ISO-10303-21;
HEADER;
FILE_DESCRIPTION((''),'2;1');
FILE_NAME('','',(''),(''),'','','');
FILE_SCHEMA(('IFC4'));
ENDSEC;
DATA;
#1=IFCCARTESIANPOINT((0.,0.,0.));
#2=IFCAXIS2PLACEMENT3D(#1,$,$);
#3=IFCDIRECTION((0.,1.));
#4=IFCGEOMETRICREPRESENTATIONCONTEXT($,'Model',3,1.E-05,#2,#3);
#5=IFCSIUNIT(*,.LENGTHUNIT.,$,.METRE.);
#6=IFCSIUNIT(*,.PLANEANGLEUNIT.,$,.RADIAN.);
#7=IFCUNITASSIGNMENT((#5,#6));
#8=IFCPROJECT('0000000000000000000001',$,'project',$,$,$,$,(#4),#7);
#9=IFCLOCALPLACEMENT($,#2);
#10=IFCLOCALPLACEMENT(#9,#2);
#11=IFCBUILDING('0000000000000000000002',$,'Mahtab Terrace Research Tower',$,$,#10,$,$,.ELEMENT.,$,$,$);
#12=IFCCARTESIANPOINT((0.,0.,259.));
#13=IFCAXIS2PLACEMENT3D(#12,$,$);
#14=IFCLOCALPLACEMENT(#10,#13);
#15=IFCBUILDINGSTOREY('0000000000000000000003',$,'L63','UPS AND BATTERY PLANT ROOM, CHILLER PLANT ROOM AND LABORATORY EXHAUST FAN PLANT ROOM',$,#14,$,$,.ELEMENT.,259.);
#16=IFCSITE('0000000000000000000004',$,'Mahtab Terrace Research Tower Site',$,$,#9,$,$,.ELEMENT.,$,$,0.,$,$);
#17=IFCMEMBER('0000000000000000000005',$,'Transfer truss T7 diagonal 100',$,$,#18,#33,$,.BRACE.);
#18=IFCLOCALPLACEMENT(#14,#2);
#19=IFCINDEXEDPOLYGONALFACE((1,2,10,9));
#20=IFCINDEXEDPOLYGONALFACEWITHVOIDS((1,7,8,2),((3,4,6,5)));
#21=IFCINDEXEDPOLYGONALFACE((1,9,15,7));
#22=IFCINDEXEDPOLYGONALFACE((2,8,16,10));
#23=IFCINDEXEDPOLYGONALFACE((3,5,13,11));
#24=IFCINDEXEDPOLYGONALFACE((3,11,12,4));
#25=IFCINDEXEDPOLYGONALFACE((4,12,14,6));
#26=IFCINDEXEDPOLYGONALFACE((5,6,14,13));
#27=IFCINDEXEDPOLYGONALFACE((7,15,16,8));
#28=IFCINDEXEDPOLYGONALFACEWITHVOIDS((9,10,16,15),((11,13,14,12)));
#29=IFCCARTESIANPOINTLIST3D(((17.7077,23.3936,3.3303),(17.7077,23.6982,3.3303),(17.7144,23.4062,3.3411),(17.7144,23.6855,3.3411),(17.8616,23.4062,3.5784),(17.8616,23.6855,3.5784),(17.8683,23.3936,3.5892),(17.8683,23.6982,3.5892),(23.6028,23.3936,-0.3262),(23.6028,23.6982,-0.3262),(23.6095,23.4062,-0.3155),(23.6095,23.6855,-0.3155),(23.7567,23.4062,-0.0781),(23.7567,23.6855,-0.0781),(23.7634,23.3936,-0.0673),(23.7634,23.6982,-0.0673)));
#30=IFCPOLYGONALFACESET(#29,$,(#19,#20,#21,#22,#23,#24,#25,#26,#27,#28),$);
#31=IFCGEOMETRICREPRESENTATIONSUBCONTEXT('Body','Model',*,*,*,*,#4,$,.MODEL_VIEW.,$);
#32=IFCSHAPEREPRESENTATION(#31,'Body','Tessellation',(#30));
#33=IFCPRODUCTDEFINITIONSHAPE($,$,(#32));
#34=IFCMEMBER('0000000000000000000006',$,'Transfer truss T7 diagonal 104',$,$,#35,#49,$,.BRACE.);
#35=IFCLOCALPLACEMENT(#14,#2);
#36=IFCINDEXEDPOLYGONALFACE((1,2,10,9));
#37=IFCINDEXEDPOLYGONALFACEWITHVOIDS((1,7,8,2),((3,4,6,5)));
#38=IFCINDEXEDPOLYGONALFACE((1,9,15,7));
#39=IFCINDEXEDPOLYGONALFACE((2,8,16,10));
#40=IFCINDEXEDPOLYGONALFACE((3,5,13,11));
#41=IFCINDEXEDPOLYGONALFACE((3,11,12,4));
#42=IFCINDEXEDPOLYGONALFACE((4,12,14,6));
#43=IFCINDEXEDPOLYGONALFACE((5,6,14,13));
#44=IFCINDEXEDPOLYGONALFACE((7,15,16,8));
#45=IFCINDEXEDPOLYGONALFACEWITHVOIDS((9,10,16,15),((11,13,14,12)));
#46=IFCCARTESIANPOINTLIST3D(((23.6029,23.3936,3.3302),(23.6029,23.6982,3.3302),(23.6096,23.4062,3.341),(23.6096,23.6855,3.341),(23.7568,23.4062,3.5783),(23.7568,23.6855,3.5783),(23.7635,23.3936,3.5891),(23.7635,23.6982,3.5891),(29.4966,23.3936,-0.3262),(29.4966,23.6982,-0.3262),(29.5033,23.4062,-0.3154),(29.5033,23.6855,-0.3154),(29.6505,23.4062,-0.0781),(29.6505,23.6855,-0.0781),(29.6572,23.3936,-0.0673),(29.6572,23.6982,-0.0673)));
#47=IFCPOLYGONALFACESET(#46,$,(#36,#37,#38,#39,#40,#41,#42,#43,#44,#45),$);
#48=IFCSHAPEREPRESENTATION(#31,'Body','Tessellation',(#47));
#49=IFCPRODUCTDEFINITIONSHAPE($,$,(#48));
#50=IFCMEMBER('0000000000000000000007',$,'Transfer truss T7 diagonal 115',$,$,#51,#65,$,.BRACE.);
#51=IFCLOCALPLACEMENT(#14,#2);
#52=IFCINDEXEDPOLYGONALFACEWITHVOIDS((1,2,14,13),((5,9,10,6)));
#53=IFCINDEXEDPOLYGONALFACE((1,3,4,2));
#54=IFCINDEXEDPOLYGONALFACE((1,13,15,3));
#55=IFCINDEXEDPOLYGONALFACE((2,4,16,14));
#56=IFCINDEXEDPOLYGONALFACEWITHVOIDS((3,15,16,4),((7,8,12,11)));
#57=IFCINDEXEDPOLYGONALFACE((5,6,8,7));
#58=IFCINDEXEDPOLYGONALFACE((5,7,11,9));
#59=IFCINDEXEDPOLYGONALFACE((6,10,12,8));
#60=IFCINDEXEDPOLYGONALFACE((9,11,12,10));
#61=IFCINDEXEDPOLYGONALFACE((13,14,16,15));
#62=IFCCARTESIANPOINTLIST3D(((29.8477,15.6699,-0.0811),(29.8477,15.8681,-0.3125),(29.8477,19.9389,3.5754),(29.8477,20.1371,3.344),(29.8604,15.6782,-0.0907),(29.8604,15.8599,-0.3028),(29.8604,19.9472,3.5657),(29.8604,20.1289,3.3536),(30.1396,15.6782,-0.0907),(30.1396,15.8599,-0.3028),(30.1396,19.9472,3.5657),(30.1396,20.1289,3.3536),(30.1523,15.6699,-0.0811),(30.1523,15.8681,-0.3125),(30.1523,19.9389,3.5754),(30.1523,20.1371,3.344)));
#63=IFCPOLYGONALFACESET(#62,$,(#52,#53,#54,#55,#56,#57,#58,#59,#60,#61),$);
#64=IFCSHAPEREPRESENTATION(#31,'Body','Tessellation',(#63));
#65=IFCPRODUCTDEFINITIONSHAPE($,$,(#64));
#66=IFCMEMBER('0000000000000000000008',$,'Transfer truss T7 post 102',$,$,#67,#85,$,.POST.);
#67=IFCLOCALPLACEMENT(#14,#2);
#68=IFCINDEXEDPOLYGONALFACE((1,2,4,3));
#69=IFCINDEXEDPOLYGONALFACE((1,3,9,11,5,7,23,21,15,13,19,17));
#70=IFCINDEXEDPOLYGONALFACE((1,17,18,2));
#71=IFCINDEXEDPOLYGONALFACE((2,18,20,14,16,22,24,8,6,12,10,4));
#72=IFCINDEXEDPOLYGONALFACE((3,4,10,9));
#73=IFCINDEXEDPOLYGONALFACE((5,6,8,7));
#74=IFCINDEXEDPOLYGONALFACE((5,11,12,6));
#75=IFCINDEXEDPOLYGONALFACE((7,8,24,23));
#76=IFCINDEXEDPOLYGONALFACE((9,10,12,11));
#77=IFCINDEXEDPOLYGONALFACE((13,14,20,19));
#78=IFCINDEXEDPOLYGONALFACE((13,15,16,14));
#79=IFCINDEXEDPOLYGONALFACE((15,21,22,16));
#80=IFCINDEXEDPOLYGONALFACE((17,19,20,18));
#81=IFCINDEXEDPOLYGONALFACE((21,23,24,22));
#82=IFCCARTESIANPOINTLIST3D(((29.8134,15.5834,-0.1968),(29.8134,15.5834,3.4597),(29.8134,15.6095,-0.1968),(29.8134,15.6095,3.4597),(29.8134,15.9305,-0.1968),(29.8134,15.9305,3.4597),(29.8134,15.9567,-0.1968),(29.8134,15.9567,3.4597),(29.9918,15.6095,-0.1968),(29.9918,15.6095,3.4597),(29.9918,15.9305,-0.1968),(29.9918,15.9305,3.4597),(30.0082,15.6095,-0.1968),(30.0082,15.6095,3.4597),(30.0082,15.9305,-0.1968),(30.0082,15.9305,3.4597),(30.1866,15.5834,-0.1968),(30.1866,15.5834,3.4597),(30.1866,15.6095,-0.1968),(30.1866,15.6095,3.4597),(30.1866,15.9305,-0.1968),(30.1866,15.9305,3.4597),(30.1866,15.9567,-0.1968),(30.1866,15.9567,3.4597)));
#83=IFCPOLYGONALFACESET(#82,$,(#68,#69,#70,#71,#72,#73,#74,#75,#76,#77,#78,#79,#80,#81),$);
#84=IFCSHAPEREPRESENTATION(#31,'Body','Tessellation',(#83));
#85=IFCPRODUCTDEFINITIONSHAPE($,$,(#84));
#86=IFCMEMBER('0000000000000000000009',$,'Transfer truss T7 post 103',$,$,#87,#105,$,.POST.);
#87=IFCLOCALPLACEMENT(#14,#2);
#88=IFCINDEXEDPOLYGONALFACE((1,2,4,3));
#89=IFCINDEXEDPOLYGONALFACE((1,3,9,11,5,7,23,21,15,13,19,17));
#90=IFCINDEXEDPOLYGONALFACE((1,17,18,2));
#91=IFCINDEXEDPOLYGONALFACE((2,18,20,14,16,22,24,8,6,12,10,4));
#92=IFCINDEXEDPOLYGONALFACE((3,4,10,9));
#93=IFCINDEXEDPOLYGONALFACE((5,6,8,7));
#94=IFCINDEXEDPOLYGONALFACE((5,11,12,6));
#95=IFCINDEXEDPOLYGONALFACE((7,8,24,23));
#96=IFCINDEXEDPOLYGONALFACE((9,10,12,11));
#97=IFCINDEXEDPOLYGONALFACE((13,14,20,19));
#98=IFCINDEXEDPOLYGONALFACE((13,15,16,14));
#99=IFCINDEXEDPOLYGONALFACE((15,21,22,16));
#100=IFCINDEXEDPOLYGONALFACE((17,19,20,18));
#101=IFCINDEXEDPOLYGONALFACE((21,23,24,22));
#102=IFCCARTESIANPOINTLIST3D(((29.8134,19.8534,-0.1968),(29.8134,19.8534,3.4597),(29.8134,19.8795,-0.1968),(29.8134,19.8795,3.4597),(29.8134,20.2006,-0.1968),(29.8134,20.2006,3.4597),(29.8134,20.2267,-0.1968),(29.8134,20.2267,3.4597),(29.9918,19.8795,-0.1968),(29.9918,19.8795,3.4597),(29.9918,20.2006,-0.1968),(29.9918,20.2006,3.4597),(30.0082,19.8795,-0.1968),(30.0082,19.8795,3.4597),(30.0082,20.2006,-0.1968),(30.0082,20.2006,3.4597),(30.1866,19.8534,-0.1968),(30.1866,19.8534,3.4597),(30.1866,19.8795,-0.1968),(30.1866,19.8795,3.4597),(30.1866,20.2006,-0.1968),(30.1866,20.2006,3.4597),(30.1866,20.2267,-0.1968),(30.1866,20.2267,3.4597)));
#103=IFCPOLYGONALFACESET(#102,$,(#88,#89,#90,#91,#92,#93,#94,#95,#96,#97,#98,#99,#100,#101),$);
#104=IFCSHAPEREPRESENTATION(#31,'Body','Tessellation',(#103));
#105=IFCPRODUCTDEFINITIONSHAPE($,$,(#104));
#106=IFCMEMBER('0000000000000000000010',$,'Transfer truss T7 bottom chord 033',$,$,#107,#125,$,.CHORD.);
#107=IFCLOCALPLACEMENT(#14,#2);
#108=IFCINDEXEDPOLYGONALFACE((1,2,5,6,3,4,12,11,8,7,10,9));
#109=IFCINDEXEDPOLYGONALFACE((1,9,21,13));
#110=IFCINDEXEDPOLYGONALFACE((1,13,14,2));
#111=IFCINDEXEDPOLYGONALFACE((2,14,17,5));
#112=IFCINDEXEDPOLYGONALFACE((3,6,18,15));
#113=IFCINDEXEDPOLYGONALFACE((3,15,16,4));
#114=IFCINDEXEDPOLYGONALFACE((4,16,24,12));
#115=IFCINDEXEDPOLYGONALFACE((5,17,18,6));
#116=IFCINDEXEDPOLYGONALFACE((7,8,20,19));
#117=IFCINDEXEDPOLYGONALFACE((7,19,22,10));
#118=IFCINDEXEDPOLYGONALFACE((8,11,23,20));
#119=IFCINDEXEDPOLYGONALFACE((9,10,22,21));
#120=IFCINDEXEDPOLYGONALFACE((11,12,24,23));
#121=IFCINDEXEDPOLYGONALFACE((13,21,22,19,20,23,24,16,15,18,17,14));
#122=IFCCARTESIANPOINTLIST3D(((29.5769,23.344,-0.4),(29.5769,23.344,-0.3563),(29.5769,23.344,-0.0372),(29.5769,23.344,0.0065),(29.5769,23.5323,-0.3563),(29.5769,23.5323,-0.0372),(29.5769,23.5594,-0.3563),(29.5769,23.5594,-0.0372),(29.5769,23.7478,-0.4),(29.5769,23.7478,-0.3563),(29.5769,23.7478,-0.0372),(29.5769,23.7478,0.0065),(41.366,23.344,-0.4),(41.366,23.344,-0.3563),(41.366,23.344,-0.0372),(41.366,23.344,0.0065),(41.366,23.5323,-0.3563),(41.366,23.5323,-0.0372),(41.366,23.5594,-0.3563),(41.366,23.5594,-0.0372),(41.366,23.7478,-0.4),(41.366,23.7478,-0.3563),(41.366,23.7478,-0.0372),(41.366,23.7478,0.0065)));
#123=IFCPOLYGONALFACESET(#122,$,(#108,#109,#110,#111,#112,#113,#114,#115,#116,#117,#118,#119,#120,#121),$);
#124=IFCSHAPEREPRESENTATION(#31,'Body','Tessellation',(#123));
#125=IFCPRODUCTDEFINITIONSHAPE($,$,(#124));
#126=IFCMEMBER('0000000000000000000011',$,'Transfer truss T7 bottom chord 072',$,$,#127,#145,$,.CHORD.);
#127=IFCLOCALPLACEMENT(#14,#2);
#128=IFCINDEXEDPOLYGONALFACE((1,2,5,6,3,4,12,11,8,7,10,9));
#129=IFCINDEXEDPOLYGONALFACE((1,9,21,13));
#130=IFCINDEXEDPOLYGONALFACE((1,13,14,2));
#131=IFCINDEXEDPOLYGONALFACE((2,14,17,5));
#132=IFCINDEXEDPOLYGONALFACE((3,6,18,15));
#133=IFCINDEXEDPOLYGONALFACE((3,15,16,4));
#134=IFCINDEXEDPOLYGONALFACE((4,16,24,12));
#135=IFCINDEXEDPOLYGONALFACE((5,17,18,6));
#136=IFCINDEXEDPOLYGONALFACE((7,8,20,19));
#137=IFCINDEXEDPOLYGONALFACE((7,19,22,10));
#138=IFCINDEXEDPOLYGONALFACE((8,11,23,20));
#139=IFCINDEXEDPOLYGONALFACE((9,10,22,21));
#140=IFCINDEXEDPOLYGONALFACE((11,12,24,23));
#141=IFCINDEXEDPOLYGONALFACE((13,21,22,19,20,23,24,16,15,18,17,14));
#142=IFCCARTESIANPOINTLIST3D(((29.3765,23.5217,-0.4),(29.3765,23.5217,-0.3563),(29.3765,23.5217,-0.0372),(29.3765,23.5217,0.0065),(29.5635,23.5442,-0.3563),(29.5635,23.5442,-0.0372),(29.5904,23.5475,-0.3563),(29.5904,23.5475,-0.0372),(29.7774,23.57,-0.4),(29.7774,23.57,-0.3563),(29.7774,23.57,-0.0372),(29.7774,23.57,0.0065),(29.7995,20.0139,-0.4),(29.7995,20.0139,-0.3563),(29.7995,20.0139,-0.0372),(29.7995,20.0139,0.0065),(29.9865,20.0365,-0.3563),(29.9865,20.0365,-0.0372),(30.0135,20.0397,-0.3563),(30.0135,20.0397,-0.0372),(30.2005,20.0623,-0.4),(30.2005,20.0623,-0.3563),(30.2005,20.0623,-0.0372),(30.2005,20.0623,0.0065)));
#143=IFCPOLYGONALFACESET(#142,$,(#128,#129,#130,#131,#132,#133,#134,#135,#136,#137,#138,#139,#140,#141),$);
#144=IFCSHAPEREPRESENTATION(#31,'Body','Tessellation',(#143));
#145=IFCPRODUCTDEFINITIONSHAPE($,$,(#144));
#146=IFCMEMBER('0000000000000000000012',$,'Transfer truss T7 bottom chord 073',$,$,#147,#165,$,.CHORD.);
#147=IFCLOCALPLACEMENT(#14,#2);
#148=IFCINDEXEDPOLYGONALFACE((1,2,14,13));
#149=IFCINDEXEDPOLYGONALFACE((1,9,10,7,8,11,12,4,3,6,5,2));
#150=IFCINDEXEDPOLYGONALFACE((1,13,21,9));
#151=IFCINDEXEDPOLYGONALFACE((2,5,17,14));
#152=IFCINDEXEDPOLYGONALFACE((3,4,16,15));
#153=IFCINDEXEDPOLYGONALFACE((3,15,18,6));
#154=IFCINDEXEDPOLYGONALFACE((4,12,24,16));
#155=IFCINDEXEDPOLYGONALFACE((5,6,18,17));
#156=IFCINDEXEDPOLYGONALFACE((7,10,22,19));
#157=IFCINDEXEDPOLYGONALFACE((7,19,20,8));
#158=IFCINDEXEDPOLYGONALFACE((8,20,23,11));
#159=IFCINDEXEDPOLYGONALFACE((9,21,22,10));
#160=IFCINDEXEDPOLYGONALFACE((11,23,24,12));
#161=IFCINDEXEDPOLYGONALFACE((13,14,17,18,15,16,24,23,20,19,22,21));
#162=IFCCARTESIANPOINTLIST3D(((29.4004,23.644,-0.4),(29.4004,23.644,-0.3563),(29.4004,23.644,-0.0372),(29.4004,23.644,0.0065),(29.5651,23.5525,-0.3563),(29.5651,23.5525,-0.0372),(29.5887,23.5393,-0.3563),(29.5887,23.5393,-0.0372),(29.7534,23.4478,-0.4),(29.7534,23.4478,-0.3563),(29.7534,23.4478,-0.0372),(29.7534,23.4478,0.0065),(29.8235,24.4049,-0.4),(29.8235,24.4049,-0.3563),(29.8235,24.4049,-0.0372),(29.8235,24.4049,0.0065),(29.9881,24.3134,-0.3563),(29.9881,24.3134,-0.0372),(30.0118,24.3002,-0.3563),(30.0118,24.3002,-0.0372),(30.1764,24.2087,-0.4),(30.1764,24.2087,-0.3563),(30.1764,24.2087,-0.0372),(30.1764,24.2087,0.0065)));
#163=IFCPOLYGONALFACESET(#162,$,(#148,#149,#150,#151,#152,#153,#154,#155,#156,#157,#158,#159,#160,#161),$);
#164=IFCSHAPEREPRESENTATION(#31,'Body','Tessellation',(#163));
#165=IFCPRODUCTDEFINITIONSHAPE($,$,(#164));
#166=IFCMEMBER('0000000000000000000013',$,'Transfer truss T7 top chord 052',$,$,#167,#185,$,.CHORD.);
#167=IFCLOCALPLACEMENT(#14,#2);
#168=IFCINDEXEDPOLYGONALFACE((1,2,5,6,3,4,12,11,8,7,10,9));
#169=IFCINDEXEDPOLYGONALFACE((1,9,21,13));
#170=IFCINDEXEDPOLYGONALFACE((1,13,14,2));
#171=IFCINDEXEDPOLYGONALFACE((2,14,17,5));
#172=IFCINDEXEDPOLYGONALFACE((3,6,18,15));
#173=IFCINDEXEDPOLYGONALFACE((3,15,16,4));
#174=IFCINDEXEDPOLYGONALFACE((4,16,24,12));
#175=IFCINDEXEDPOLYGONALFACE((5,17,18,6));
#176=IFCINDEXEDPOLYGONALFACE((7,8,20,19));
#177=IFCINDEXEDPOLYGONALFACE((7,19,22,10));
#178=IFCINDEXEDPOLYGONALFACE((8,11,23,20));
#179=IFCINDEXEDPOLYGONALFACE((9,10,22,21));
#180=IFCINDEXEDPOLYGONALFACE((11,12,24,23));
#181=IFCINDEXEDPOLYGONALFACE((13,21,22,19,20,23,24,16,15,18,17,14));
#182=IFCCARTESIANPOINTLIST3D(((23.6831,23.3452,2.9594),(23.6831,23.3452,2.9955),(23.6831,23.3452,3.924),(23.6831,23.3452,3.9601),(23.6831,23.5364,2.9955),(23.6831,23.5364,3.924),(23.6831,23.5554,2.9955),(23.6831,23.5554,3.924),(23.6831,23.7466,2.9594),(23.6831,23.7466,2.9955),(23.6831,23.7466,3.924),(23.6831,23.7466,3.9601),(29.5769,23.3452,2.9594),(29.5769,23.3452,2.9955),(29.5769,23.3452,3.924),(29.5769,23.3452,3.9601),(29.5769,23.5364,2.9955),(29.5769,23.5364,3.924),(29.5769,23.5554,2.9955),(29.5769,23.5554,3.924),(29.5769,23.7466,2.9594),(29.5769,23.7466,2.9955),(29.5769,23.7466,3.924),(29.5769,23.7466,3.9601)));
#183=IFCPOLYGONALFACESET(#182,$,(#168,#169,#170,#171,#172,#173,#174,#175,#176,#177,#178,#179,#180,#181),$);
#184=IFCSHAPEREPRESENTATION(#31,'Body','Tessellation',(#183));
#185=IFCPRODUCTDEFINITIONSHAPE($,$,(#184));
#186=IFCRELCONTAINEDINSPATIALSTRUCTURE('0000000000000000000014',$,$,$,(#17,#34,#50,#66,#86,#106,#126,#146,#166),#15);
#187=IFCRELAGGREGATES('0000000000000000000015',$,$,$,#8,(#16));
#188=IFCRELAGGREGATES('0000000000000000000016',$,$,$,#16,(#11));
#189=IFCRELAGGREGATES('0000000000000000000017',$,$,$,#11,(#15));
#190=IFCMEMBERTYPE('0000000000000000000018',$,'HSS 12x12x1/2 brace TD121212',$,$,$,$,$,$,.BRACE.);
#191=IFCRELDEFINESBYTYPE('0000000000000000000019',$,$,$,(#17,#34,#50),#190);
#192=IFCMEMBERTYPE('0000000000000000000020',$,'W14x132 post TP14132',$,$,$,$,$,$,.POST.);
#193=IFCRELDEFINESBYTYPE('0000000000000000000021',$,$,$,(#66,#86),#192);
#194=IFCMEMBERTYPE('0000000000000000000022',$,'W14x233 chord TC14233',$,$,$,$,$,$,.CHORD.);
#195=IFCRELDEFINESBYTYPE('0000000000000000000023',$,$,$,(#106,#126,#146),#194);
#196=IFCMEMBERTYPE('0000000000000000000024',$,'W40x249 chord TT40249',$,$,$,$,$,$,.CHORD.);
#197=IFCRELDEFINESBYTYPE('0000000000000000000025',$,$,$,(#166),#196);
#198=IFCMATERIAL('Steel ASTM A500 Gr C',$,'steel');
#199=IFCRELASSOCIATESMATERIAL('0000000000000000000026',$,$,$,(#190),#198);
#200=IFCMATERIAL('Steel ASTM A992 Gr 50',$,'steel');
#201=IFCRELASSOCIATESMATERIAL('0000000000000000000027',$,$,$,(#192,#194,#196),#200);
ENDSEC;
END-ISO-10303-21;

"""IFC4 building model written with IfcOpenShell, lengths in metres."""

from ifc_helpers import new_model, si_unit, direction, frame, origin, origin_2d, place, context, subcontext, project, spatial, hollow_rectangle, i_section, extrude, material, material_profile, profile_set, type_object, element, save


model = new_model("IFC4")

# Units and contexts
model_context = context("Model", 3, precision=1e-05, world=origin(), true_north=direction((0.0, 1.0)))
body_context = subcontext(model_context, "Body", "Model", "MODEL_VIEW")
ifc_project = project(units=[si_unit("LENGTHUNIT", "METRE"), si_unit("PLANEANGLEUNIT", "RADIAN")], contexts=[model_context])

# Site, building, storey
site_placement = place(None, origin())
site = spatial("IfcSite", under=ifc_project, at=site_placement, Name="Mahtab Terrace Research Tower Site", CompositionType="ELEMENT", RefElevation=0.0)
building_placement = place(site_placement, origin())
building = spatial("IfcBuilding", under=site, at=building_placement, Name="Mahtab Terrace Research Tower", CompositionType="ELEMENT")
storey_placement = place(building_placement, frame((0.0, 0.0, 259.0)))
storey = spatial("IfcBuildingStorey", under=building, at=storey_placement, Name="L63", Description="UPS AND BATTERY PLANT ROOM, CHILLER PLANT ROOM AND LABORATORY EXHAUST FAN PLANT ROOM", CompositionType="ELEMENT", Elevation=259.0)

# Members
ifc_material_1 = material(Name="Steel ASTM A500 Gr C", Category="steel")
ifc_material_profile_1 = material_profile(ifc_material_1, hollow_rectangle(XDim=0.3047, YDim=0.3047, WallThickness=0.0127, at=origin_2d()), Name="HSS12X12X1/2")
ifc_profile_set_1 = profile_set([ifc_material_profile_1], Name="Steel ASTM A500 Gr C")
member_type_1 = type_object("IfcMemberType", Name="HSS 12x12x1/2 brace TD121212", PredefinedType="BRACE", material=ifc_profile_set_1)
member_1_placement = place(storey_placement, frame((23.6831, 23.5459, -0.1968), z_axis=(-0.849801, 0.0, 0.527104), x_axis=(0.0, -1.0, 0.0)))
element("IfcMember", 1, at=member_1_placement, inside=storey, type_object=member_type_1, Name="Transfer truss T7 diagonal 100", PredefinedType="BRACE", context=body_context, shape_type="SweptSolid", body=[
    extrude(hollow_rectangle(XDim=0.3047, YDim=0.3047, WallThickness=0.0127, at=origin_2d()), origin(), (0.0, 0.0, 1.0), 6.937),
])
member_2_placement = place(storey_placement, frame((29.5769, 23.5459, -0.1968), z_axis=(-0.849752, 0.0, 0.527183), x_axis=(0.0, -1.0, 0.0)))
element("IfcMember", 2, at=member_2_placement, inside=storey, type_object=member_type_1, Name="Transfer truss T7 diagonal 104", PredefinedType="BRACE", context=body_context, shape_type="SweptSolid", body=[
    extrude(hollow_rectangle(XDim=0.3047, YDim=0.3047, WallThickness=0.0127, at=origin_2d()), origin(), (0.0, 0.0, 1.0), 6.9358),
])
member_3_placement = place(storey_placement, frame((30.0, 15.769, -0.1968), z_axis=(0.0, 0.759493, 0.650516), x_axis=(-1.0, 0.0, 0.0)))
element("IfcMember", 3, at=member_3_placement, inside=storey, type_object=member_type_1, Name="Transfer truss T7 diagonal 115", PredefinedType="BRACE", context=body_context, shape_type="SweptSolid", body=[
    extrude(hollow_rectangle(XDim=0.3047, YDim=0.3047, WallThickness=0.0127, at=origin_2d()), origin(), (0.0, 0.0, 1.0), 5.6208),
])
ifc_material_2 = material(Name="Steel ASTM A992 Gr 50", Category="steel")
ifc_material_profile_2 = material_profile(ifc_material_2, i_section(OverallWidth=0.3733, OverallDepth=0.3733, WebThickness=0.0164, FlangeThickness=0.0261, at=origin_2d()), Name="W14X132")
ifc_profile_set_2 = profile_set([ifc_material_profile_2], Name="Steel ASTM A992 Gr 50")
member_type_2 = type_object("IfcMemberType", Name="W14x132 post TP14132", PredefinedType="POST", material=ifc_profile_set_2)
for number, where, z_axis, x_axis, name in (
    (4, (30.0, 15.77, -0.1968), (0.0, 0.0, 1.0), (1.0, 0.0, 0.0), "Transfer truss T7 post 102"),
    (5, (30.0, 20.04, -0.1968), (0.0, 0.0, 1.0), (1.0, 0.0, 0.0), "Transfer truss T7 post 103"),
):
    element("IfcMember", number, at=place(storey_placement, frame(where, z_axis=z_axis, x_axis=x_axis)), inside=storey, type_object=member_type_2, Name=name, PredefinedType="POST", context=body_context, shape_type="SweptSolid", body=[
        extrude(i_section(OverallWidth=0.3733, OverallDepth=0.3733, WebThickness=0.0164, FlangeThickness=0.0261, at=origin_2d()), origin(), (0.0, 0.0, 1.0), 3.6565),
    ])
ifc_material_profile_3 = material_profile(ifc_material_2, i_section(OverallWidth=0.4038, OverallDepth=0.4065, WebThickness=0.0271, FlangeThickness=0.0437, at=origin_2d()), Name="W14X233")
ifc_profile_set_3 = profile_set([ifc_material_profile_3], Name="Steel ASTM A992 Gr 50")
member_type_3 = type_object("IfcMemberType", Name="W14x233 chord TC14233", PredefinedType="CHORD", material=ifc_profile_set_3)
member_4_placement = place(storey_placement, frame((29.5769, 23.5459, -0.1968), z_axis=(1.0, 0.0, 0.0), x_axis=(0.0, 1.0, 0.0)))
element("IfcMember", 6, at=member_4_placement, inside=storey, type_object=member_type_3, Name="Transfer truss T7 bottom chord 033", PredefinedType="CHORD", context=body_context, shape_type="SweptSolid", body=[
    extrude(i_section(OverallWidth=0.4038, OverallDepth=0.4065, WebThickness=0.0271, FlangeThickness=0.0437, at=origin_2d()), origin(), (0.0, 0.0, 1.0), 11.7891),
])
member_5_placement = place(storey_placement, frame((30.0, 20.0381, -0.1968), z_axis=(-0.119747, 0.992804, 0.0), x_axis=(-0.992804, -0.119747, 0.0)))
element("IfcMember", 7, at=member_5_placement, inside=storey, type_object=member_type_3, Name="Transfer truss T7 bottom chord 072", PredefinedType="CHORD", context=body_context, shape_type="SweptSolid", body=[
    extrude(i_section(OverallWidth=0.4038, OverallDepth=0.4065, WebThickness=0.0271, FlangeThickness=0.0437, at=origin_2d()), origin(), (0.0, 0.0, 1.0), 3.5332),
])
member_6_placement = place(storey_placement, frame((29.5769, 23.5459, -0.1968), z_axis=(0.485929, 0.873999, 0.0), x_axis=(-0.873999, 0.485929, 0.0)))
element("IfcMember", 8, at=member_6_placement, inside=storey, type_object=member_type_3, Name="Transfer truss T7 bottom chord 073", PredefinedType="CHORD", context=body_context, shape_type="SweptSolid", body=[
    extrude(i_section(OverallWidth=0.4038, OverallDepth=0.4065, WebThickness=0.0271, FlangeThickness=0.0437, at=origin_2d()), origin(), (0.0, 0.0, 1.0), 0.8706),
])
ifc_material_profile_4 = material_profile(ifc_material_2, i_section(OverallWidth=0.4014, OverallDepth=1.0007, WebThickness=0.019, FlangeThickness=0.0361, at=origin_2d()), Name="W40X249")
ifc_profile_set_4 = profile_set([ifc_material_profile_4], Name="Steel ASTM A992 Gr 50")
member_type_4 = type_object("IfcMemberType", Name="W40x249 chord TT40249", PredefinedType="CHORD", material=ifc_profile_set_4)
member_7_placement = place(storey_placement, frame((23.6831, 23.5459, 3.4597), z_axis=(1.0, 0.0, 0.0), x_axis=(0.0, 1.0, 0.0)))
element("IfcMember", 9, at=member_7_placement, inside=storey, type_object=member_type_4, Name="Transfer truss T7 top chord 052", PredefinedType="CHORD", context=body_context, shape_type="SweptSolid", body=[
    extrude(i_section(OverallWidth=0.4014, OverallDepth=1.0007, WebThickness=0.019, FlangeThickness=0.0361, at=origin_2d()), origin(), (0.0, 0.0, 1.0), 5.8938),
])

save(model, "model.ifc")
